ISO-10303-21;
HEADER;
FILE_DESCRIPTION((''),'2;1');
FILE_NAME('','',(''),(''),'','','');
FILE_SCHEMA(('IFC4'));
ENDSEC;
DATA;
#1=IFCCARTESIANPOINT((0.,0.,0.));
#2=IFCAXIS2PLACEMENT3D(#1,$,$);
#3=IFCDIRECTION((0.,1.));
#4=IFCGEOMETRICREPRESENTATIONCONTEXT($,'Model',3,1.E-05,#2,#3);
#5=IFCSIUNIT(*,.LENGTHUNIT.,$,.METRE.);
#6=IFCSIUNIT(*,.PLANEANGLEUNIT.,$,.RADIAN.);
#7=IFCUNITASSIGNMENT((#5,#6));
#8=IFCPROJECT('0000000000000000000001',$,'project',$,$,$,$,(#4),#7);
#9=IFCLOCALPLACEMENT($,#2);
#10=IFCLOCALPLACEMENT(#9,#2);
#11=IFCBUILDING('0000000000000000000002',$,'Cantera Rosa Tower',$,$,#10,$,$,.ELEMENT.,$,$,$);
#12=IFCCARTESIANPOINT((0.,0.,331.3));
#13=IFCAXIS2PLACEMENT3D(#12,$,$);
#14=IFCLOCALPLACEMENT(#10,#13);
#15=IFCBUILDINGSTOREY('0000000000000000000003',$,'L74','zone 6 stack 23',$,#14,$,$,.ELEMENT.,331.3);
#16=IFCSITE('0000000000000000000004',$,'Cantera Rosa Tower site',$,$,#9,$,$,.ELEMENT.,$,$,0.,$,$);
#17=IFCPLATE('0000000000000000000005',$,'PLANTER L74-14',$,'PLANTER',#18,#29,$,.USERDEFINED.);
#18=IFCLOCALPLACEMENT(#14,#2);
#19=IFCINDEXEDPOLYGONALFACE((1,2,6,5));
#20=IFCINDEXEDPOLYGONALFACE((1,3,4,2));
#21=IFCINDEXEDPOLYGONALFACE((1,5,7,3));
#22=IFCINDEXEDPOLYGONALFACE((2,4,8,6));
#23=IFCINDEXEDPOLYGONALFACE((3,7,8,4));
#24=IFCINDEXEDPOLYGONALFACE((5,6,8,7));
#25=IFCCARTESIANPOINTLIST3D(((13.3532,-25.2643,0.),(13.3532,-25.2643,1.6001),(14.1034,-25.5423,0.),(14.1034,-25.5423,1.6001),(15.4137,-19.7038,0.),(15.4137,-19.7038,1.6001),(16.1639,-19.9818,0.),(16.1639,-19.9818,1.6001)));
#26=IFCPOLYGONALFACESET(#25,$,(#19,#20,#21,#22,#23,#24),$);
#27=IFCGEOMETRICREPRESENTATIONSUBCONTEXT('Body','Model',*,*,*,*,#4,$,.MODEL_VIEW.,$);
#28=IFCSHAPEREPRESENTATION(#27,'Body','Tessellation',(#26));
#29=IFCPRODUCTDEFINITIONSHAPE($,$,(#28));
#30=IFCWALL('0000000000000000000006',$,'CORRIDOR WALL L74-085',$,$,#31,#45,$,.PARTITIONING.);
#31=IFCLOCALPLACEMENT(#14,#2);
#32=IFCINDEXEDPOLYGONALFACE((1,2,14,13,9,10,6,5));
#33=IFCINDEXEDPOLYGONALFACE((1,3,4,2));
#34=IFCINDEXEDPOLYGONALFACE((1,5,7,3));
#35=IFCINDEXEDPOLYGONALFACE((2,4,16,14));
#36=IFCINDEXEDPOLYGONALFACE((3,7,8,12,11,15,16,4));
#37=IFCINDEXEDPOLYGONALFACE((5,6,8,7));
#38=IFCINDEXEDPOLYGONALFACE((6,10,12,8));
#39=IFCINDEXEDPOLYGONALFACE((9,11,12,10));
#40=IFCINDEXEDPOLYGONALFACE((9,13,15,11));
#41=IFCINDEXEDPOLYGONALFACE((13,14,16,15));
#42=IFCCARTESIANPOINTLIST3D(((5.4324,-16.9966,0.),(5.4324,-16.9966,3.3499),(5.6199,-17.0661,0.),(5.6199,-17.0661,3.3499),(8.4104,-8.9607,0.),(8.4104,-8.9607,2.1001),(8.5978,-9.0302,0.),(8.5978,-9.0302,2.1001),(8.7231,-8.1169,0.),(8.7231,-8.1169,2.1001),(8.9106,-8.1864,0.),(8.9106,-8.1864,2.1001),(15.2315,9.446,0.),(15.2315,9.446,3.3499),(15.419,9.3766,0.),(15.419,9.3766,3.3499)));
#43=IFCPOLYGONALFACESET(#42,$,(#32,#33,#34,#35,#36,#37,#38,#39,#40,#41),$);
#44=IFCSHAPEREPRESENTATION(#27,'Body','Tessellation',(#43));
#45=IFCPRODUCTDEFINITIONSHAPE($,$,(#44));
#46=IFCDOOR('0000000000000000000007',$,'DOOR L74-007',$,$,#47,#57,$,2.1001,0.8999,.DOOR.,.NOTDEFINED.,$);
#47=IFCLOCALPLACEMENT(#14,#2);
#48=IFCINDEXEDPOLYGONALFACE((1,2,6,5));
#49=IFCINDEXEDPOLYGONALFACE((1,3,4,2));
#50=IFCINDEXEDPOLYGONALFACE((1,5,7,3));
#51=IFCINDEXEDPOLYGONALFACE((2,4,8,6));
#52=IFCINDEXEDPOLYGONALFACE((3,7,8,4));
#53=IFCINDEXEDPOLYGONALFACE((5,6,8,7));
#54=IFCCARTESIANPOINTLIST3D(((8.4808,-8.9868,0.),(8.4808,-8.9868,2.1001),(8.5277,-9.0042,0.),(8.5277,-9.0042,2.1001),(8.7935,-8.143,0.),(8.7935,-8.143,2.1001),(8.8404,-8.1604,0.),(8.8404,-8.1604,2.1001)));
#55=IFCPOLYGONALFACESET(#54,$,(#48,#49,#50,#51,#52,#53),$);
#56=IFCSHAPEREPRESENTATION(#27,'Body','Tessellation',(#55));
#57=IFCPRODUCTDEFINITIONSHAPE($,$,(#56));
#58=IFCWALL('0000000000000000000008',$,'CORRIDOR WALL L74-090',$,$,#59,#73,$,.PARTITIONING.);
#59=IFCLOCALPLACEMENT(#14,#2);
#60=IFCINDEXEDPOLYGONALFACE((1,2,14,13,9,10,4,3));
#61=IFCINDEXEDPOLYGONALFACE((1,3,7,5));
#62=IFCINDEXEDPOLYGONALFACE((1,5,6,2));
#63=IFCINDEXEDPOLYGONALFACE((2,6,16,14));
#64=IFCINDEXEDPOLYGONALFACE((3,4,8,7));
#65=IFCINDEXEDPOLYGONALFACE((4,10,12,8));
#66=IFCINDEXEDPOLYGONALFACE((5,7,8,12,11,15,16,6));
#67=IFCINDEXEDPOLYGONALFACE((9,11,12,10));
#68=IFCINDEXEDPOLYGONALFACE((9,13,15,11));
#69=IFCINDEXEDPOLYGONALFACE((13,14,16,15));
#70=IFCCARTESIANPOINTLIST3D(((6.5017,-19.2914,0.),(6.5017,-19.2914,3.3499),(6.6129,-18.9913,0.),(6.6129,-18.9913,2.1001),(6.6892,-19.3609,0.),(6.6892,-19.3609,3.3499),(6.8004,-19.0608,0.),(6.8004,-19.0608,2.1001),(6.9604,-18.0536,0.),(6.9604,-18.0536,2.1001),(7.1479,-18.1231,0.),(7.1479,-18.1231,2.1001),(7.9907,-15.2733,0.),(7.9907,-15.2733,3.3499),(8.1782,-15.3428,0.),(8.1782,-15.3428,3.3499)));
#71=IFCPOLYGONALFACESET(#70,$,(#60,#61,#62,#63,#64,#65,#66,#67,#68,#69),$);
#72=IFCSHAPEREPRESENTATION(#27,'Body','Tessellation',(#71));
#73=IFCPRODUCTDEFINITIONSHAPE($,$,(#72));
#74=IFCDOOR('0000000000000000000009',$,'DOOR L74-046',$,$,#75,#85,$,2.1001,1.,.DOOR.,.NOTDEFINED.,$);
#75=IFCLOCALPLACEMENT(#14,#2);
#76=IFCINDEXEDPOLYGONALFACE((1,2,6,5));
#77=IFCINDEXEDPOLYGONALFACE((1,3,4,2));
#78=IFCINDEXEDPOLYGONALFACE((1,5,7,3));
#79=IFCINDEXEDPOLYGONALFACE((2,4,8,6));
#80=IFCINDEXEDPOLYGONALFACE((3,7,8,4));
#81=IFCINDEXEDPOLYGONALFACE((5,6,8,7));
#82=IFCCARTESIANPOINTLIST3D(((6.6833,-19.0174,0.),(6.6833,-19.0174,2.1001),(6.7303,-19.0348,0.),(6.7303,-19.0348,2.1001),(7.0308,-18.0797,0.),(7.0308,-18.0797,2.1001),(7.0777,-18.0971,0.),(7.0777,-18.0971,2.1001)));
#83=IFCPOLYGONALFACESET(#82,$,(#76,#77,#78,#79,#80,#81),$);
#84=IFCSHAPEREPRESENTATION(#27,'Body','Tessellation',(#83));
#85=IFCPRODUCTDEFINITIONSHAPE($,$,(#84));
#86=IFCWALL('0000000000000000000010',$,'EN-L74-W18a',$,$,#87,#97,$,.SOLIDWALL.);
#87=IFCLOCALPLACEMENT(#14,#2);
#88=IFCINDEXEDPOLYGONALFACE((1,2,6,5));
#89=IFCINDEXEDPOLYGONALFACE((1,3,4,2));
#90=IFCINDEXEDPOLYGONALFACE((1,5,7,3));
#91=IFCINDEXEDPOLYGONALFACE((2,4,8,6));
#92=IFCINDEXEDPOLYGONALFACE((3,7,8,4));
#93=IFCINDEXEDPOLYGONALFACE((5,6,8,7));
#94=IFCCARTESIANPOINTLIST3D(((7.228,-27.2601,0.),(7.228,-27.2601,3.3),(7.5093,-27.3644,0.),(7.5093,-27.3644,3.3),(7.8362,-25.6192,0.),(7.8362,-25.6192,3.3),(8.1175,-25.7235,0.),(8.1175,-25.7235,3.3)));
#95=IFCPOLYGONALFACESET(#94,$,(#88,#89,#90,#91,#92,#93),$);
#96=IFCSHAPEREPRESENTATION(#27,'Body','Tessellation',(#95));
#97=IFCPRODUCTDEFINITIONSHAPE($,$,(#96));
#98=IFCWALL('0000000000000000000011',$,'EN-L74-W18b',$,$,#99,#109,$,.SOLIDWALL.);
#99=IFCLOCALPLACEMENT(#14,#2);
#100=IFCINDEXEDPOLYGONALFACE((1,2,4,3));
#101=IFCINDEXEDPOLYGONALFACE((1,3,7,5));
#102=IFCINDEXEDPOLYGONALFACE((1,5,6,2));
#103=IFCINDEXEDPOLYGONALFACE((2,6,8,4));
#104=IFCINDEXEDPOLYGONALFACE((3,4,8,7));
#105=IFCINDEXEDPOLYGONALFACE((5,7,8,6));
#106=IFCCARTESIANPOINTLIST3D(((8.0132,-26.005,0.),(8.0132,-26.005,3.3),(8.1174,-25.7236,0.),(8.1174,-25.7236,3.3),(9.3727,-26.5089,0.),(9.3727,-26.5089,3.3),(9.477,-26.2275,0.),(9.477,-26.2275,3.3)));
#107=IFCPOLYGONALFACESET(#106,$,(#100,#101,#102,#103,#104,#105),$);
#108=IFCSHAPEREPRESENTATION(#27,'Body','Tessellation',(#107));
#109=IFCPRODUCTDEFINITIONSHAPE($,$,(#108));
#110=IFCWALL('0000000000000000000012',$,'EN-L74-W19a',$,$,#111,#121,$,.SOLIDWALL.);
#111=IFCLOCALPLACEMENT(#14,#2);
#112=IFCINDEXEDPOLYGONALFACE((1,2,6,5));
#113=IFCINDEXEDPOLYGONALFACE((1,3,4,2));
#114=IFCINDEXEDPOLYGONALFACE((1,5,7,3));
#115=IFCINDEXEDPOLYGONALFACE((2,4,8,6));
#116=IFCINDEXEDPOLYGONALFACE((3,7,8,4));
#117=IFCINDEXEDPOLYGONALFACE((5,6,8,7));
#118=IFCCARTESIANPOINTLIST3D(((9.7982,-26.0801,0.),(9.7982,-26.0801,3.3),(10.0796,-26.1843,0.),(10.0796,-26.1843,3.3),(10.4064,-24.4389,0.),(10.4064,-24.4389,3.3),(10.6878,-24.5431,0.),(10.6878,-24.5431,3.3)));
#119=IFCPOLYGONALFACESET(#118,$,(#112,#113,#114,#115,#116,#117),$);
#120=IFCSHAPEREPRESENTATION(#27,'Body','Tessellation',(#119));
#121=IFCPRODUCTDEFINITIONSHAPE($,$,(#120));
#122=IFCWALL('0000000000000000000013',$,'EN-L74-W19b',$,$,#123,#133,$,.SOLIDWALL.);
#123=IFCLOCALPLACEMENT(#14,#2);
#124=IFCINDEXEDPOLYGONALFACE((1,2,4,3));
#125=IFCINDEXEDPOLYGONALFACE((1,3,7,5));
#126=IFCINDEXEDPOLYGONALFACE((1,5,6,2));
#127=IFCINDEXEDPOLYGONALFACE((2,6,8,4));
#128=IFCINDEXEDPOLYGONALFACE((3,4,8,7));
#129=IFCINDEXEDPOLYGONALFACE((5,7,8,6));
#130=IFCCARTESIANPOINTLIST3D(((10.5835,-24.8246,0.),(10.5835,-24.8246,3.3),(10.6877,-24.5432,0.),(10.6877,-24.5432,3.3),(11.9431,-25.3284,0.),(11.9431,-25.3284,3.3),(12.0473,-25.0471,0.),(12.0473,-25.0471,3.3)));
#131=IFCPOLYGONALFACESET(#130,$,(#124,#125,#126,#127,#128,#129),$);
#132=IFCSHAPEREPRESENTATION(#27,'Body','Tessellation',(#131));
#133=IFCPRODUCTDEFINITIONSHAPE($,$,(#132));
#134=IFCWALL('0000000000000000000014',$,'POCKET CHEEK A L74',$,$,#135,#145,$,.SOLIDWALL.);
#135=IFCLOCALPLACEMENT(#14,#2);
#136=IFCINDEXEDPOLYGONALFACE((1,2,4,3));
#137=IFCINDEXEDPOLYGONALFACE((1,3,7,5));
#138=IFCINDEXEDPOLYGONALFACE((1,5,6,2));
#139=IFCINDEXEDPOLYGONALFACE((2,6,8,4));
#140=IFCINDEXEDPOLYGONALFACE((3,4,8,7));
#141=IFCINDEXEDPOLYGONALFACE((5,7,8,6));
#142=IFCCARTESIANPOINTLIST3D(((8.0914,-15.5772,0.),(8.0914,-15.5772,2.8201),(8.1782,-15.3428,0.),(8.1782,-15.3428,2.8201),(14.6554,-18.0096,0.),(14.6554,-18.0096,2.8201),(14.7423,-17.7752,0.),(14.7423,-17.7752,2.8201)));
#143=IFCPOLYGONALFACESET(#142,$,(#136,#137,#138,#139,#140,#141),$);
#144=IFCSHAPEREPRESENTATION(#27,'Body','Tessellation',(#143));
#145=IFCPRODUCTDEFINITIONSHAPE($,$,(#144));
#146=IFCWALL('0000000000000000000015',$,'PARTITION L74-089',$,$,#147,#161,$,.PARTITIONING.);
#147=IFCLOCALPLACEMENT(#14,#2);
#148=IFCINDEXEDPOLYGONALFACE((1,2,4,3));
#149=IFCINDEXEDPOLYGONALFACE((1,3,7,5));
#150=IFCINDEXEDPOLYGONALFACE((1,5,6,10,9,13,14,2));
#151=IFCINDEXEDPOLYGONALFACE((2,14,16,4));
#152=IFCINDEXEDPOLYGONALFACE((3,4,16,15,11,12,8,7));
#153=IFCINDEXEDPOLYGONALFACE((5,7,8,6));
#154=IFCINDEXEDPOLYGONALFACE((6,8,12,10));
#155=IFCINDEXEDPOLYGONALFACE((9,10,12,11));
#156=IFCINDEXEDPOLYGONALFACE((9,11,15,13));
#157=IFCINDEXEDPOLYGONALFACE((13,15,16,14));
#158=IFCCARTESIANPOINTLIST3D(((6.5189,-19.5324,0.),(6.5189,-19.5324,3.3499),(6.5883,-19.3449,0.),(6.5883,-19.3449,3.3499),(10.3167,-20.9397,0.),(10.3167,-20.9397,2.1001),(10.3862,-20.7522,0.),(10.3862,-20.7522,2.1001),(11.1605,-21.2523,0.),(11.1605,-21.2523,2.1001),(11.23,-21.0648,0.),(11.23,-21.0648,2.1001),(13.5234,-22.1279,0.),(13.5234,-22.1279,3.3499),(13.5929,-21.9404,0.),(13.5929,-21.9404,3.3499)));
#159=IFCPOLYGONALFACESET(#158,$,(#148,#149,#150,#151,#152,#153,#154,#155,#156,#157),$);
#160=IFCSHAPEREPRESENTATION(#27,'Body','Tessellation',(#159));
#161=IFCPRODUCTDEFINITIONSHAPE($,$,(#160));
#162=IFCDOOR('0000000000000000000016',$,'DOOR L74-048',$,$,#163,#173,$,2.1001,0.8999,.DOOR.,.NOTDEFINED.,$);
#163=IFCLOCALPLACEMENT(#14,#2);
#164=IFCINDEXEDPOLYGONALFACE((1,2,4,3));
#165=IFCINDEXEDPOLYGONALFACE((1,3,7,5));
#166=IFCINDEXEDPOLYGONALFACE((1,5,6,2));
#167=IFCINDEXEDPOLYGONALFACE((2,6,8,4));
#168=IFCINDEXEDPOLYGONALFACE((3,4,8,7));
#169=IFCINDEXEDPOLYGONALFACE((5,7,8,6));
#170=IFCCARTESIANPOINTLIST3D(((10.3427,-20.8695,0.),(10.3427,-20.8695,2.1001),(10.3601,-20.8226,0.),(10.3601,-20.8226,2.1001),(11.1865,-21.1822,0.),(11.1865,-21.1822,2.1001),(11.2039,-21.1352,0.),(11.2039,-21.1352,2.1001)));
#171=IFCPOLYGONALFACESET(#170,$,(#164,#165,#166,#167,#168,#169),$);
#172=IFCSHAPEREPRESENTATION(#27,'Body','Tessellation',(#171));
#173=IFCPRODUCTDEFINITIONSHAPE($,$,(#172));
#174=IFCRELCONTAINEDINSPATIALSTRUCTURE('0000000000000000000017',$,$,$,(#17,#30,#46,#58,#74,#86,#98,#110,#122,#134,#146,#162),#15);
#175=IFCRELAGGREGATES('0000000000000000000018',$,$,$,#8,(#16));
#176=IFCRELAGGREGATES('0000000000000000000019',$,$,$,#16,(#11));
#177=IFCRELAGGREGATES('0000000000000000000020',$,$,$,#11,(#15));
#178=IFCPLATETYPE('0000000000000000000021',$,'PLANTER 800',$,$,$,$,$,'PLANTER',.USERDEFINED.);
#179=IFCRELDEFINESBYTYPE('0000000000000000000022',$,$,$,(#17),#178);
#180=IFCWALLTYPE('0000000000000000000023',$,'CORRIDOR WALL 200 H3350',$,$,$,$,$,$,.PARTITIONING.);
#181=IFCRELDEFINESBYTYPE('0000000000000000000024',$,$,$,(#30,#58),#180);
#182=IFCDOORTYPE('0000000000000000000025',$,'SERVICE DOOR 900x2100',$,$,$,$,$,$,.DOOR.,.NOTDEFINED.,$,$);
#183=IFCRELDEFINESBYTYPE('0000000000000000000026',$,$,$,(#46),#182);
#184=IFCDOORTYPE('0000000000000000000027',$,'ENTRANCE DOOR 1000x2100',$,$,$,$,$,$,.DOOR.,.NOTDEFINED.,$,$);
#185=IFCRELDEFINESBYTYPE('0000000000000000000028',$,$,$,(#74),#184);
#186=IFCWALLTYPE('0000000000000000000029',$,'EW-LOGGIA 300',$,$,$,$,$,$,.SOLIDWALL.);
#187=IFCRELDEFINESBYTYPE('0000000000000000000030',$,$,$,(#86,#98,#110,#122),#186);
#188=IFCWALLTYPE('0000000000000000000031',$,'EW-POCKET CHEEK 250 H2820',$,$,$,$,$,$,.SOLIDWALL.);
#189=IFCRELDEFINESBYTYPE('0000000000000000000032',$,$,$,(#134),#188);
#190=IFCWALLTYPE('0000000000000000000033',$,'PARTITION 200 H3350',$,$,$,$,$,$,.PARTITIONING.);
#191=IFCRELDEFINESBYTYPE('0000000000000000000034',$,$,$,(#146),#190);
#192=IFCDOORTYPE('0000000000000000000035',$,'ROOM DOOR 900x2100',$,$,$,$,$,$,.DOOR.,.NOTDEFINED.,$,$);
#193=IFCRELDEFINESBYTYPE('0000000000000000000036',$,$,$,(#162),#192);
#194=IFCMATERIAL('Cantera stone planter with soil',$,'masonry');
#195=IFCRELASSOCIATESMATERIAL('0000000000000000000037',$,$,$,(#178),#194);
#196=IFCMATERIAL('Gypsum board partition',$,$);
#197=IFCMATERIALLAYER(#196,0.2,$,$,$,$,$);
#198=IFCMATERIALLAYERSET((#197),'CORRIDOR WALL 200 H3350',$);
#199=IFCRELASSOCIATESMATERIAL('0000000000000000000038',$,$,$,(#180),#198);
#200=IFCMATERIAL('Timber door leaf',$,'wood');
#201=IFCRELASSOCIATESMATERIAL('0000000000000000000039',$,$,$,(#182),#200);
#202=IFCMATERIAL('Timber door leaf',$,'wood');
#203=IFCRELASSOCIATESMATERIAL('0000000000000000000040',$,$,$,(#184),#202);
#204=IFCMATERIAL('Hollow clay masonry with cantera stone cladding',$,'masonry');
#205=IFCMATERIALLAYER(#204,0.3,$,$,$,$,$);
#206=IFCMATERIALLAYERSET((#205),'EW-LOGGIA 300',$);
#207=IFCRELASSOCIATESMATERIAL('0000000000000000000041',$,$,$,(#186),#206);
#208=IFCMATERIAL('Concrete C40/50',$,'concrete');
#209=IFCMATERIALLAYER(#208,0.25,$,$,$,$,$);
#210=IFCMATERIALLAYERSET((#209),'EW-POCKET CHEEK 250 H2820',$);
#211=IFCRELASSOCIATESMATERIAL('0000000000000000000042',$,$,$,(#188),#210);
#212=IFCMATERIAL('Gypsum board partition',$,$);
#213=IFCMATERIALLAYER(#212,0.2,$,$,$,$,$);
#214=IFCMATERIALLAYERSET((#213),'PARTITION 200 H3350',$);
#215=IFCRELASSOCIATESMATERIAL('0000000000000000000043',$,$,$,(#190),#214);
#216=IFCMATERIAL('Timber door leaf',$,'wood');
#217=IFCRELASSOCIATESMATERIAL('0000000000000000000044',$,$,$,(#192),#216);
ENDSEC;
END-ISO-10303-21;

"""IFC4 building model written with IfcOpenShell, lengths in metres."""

from ifc_helpers import new_model, si_unit, direction, frame, frame_2d, origin, origin_2d, place, context, subcontext, project, spatial, rectangle, extrude, material, layer, layer_set, type_object, element, fill, save


model = new_model("IFC4")

# Units and contexts
model_context = context("Model", 3, precision=1e-05, world=origin(), true_north=direction((0.0, 1.0)))
body_context = subcontext(model_context, "Body", "Model", "MODEL_VIEW")
ifc_project = project(units=[si_unit("LENGTHUNIT", "METRE"), si_unit("PLANEANGLEUNIT", "RADIAN")], contexts=[model_context])

# Site, building, storey
site_placement = place(None, origin())
site = spatial("IfcSite", under=ifc_project, at=site_placement, Name="Cantera Rosa Tower site", CompositionType="ELEMENT", RefElevation=0.0)
building_placement = place(site_placement, origin())
building = spatial("IfcBuilding", under=site, at=building_placement, Name="Cantera Rosa Tower", CompositionType="ELEMENT")
storey_placement = place(building_placement, frame((0.0, 0.0, 331.3)))
storey = spatial("IfcBuildingStorey", under=building, at=storey_placement, Name="L74", Description="zone 6 stack 23", CompositionType="ELEMENT", Elevation=331.3)

# Plate
ifc_material_1 = material(Name="Cantera stone planter with soil", Category="masonry")
plate_type = type_object("IfcPlateType", Name="PLANTER 800", ElementType="PLANTER", PredefinedType="USERDEFINED", material=ifc_material_1)
plate_placement = place(storey_placement, frame((14.7585, -22.623, 0.0), z_axis=(0.0, 0.0, 1.0), x_axis=(0.347481, 0.937687, 0.0)))
element("IfcPlate", 1, at=plate_placement, inside=storey, type_object=plate_type, Name="PLANTER L74-14", ObjectType="PLANTER", PredefinedType="USERDEFINED", context=body_context, shape_type="SweptSolid", body=[
    extrude(rectangle(XDim=5.9299, YDim=0.8, at=origin_2d()), origin(), (0.0, 0.0, 1.0), 1.6001),
])

# Walls, openings, doors
ifc_material_2 = material(Name="Gypsum board partition")
ifc_layer_1 = layer(ifc_material_2, 0.2)
ifc_layer_set_1 = layer_set([ifc_layer_1], Name="CORRIDOR WALL 200 H3350")
wall_type_1 = type_object("IfcWallType", Name="CORRIDOR WALL 200 H3350", PredefinedType="PARTITIONING", material=ifc_layer_set_1)
wall_1_placement = place(storey_placement, frame((5.5261, -17.0315, 0.0), z_axis=(0.0, 0.0, 1.0), x_axis=(0.347486, 0.937685, 0.0)))
wall_1 = element("IfcWall", 2, at=wall_1_placement, inside=storey, type_object=wall_type_1, Name="CORRIDOR WALL L74-085", PredefinedType="PARTITIONING", context=body_context, shape_type="SweptSolid", body=[
    extrude(rectangle(XDim=28.2, YDim=0.2, at=frame_2d((14.1001, 0.0))), origin(), (0.0, 0.0, 1.0), 3.3499),
])
opening_1_placement = place(wall_1_placement, frame((8.5701, 0.0, 0.0)))
opening_1 = element("IfcOpeningElement", 3, at=opening_1_placement, cuts=wall_1, PredefinedType="OPENING", context=body_context, shape_type="SweptSolid", body=[
    extrude(rectangle(XDim=0.8999, YDim=2.1001, at=frame_2d((0.45, 1.05))), frame((0.0, 0.1099, 0.0), z_axis=(0.0, -1.0, 0.0), x_axis=(1.0, 0.0, 0.0)), (0.0, 0.0, 1.0), 0.22),
])
ifc_material_3 = material(Name="Timber door leaf", Category="wood")
door_type_1 = type_object("IfcDoorType", Name="SERVICE DOOR 900x2100", OperationType="NOTDEFINED", PredefinedType="DOOR", material=ifc_material_3)
door_1_placement = place(opening_1_placement, origin())
door_1 = element("IfcDoor", 4, at=door_1_placement, inside=storey, type_object=door_type_1, Name="DOOR L74-007", OperationType="NOTDEFINED", OverallHeight=2.1001, OverallWidth=0.8999, PredefinedType="DOOR", context=body_context, shape_type="SweptSolid", body=[
    extrude(rectangle(XDim=0.8999, YDim=2.1001, at=frame_2d((0.45, 1.05))), frame((0.0, 0.0249, 0.0), z_axis=(0.0, -1.0, 0.0), x_axis=(1.0, 0.0, 0.0)), (0.0, 0.0, 1.0), 0.05),
])
fill(opening_1, door_1)
wall_2_placement = place(storey_placement, frame((6.5955, -19.3262, 0.0), z_axis=(0.0, 0.0, 1.0), x_axis=(0.347487, 0.937685, 0.0)))
wall_2 = element("IfcWall", 5, at=wall_2_placement, inside=storey, type_object=wall_type_1, Name="CORRIDOR WALL L74-090", PredefinedType="PARTITIONING", context=body_context, shape_type="SweptSolid", body=[
    extrude(rectangle(XDim=4.2852, YDim=0.2, at=frame_2d((2.1426, 0.0))), origin(), (0.0, 0.0, 1.0), 3.3499),
])
opening_2_placement = place(wall_2_placement, frame((0.3201, 0.0, 0.0)))
opening_2 = element("IfcOpeningElement", 6, at=opening_2_placement, cuts=wall_2, PredefinedType="OPENING", context=body_context, shape_type="SweptSolid", body=[
    extrude(rectangle(XDim=1.0, YDim=2.1001, at=frame_2d((0.5, 1.05))), frame((0.0, 0.1099, 0.0), z_axis=(0.0, -1.0, 0.0), x_axis=(1.0, 0.0, 0.0)), (0.0, 0.0, 1.0), 0.22),
])
ifc_material_4 = material(Name="Timber door leaf", Category="wood")
door_type_2 = type_object("IfcDoorType", Name="ENTRANCE DOOR 1000x2100", OperationType="NOTDEFINED", PredefinedType="DOOR", material=ifc_material_4)
door_2_placement = place(opening_2_placement, origin())
door_2 = element("IfcDoor", 7, at=door_2_placement, inside=storey, type_object=door_type_2, Name="DOOR L74-046", OperationType="NOTDEFINED", OverallHeight=2.1001, OverallWidth=1.0, PredefinedType="DOOR", context=body_context, shape_type="SweptSolid", body=[
    extrude(rectangle(XDim=1.0, YDim=2.1001, at=frame_2d((0.5, 1.05))), frame((0.0, 0.0249, 0.0), z_axis=(0.0, -1.0, 0.0), x_axis=(1.0, 0.0, 0.0)), (0.0, 0.0, 1.0), 0.05),
])
fill(opening_2, door_2)

# Walls
ifc_material_5 = material(Name="Hollow clay masonry with cantera stone cladding", Category="masonry")
ifc_layer_2 = layer(ifc_material_5, 0.3)
ifc_layer_set_2 = layer_set([ifc_layer_2], Name="EW-LOGGIA 300")
wall_type_2 = type_object("IfcWallType", Name="EW-LOGGIA 300", PredefinedType="SOLIDWALL", material=ifc_layer_set_2)
wall_3_placement = place(storey_placement, frame((7.3687, -27.3123, 0.0), z_axis=(0.0, 0.0, 1.0), x_axis=(0.347528, 0.93767, 0.0)))
element("IfcWall", 8, at=wall_3_placement, inside=storey, type_object=wall_type_2, Name="EN-L74-W18a", PredefinedType="SOLIDWALL", context=body_context, shape_type="SweptSolid", body=[
    extrude(rectangle(XDim=1.75, YDim=0.3, at=frame_2d((0.875, 0.0))), origin(), (0.0, 0.0, 1.0), 3.3),
])
wall_4_placement = place(storey_placement, frame((8.0652, -25.8643, 0.0), z_axis=(0.0, 0.0, 1.0), x_axis=(0.937672, -0.347523, 0.0)))
element("IfcWall", 9, at=wall_4_placement, inside=storey, type_object=wall_type_2, Name="EN-L74-W18b", PredefinedType="SOLIDWALL", context=body_context, shape_type="SweptSolid", body=[
    extrude(rectangle(XDim=1.45, YDim=0.3, at=frame_2d((0.7251, 0.0))), origin(), (0.0, 0.0, 1.0), 3.3),
])
wall_5_placement = place(storey_placement, frame((9.939, -26.1321, 0.0), z_axis=(0.0, 0.0, 1.0), x_axis=(0.347482, 0.937686, 0.0)))
element("IfcWall", 10, at=wall_5_placement, inside=storey, type_object=wall_type_2, Name="EN-L74-W19a", PredefinedType="SOLIDWALL", context=body_context, shape_type="SweptSolid", body=[
    extrude(rectangle(XDim=1.7502, YDim=0.3, at=frame_2d((0.875, 0.0))), origin(), (0.0, 0.0, 1.0), 3.3),
])
wall_6_placement = place(storey_placement, frame((10.6355, -24.6838, 0.0), z_axis=(0.0, 0.0, 1.0), x_axis=(0.937672, -0.347523, 0.0)))
element("IfcWall", 11, at=wall_6_placement, inside=storey, type_object=wall_type_2, Name="EN-L74-W19b", PredefinedType="SOLIDWALL", context=body_context, shape_type="SweptSolid", body=[
    extrude(rectangle(XDim=1.45, YDim=0.3, at=frame_2d((0.7251, 0.0))), origin(), (0.0, 0.0, 1.0), 3.3),
])

# Wall
ifc_material_6 = material(Name="Concrete C40/50", Category="concrete")
ifc_layer_3 = layer(ifc_material_6, 0.25)
ifc_layer_set_3 = layer_set([ifc_layer_3], Name="EW-POCKET CHEEK 250 H2820")
wall_type_3 = type_object("IfcWallType", Name="EW-POCKET CHEEK 250 H2820", PredefinedType="SOLIDWALL", material=ifc_layer_set_3)
wall_7_placement = place(storey_placement, frame((14.6987, -17.8923, 0.0), z_axis=(0.0, 0.0, 1.0), x_axis=(-0.937689, 0.347475, 0.0)))
element("IfcWall", 12, at=wall_7_placement, inside=storey, type_object=wall_type_3, Name="POCKET CHEEK A L74", PredefinedType="SOLIDWALL", context=body_context, shape_type="SweptSolid", body=[
    extrude(rectangle(XDim=7.0002, YDim=0.25, at=frame_2d((3.5, 0.0))), origin(), (0.0, 0.0, 1.0), 2.8201),
])

# Wall, opening, door
ifc_material_7 = material(Name="Gypsum board partition")
ifc_layer_4 = layer(ifc_material_7, 0.2)
ifc_layer_set_4 = layer_set([ifc_layer_4], Name="PARTITION 200 H3350")
wall_type_4 = type_object("IfcWallType", Name="PARTITION 200 H3350", PredefinedType="PARTITIONING", material=ifc_layer_set_4)
wall_8_placement = place(storey_placement, frame((6.5537, -19.4387, 0.0), z_axis=(0.0, 0.0, 1.0), x_axis=(0.937699, -0.34745, 0.0)))
wall_8 = element("IfcWall", 13, at=wall_8_placement, inside=storey, type_object=wall_type_4, Name="PARTITION L74-089", PredefinedType="PARTITIONING", context=body_context, shape_type="SweptSolid", body=[
    extrude(rectangle(XDim=7.47, YDim=0.2, at=frame_2d((3.7349, 0.0))), origin(), (0.0, 0.0, 1.0), 3.3499),
])
opening_3_placement = place(wall_8_placement, frame((4.05, 0.0, 0.0)))
opening_3 = element("IfcOpeningElement", 14, at=opening_3_placement, cuts=wall_8, PredefinedType="OPENING", context=body_context, shape_type="SweptSolid", body=[
    extrude(rectangle(XDim=0.8999, YDim=2.1001, at=frame_2d((0.45, 1.05))), frame((0.0, 0.1099, 0.0), z_axis=(0.0, -1.0, 0.0), x_axis=(1.0, 0.0, 0.0)), (0.0, 0.0, 1.0), 0.22),
])
ifc_material_8 = material(Name="Timber door leaf", Category="wood")
door_type_3 = type_object("IfcDoorType", Name="ROOM DOOR 900x2100", OperationType="NOTDEFINED", PredefinedType="DOOR", material=ifc_material_8)
door_3_placement = place(opening_3_placement, origin())
door_3 = element("IfcDoor", 15, at=door_3_placement, inside=storey, type_object=door_type_3, Name="DOOR L74-048", OperationType="NOTDEFINED", OverallHeight=2.1001, OverallWidth=0.8999, PredefinedType="DOOR", context=body_context, shape_type="SweptSolid", body=[
    extrude(rectangle(XDim=0.8999, YDim=2.1001, at=frame_2d((0.45, 1.05))), frame((0.0, 0.0249, 0.0), z_axis=(0.0, -1.0, 0.0), x_axis=(1.0, 0.0, 0.0)), (0.0, 0.0, 1.0), 0.05),
])
fill(opening_3, door_3)

save(model, "model.ifc")
